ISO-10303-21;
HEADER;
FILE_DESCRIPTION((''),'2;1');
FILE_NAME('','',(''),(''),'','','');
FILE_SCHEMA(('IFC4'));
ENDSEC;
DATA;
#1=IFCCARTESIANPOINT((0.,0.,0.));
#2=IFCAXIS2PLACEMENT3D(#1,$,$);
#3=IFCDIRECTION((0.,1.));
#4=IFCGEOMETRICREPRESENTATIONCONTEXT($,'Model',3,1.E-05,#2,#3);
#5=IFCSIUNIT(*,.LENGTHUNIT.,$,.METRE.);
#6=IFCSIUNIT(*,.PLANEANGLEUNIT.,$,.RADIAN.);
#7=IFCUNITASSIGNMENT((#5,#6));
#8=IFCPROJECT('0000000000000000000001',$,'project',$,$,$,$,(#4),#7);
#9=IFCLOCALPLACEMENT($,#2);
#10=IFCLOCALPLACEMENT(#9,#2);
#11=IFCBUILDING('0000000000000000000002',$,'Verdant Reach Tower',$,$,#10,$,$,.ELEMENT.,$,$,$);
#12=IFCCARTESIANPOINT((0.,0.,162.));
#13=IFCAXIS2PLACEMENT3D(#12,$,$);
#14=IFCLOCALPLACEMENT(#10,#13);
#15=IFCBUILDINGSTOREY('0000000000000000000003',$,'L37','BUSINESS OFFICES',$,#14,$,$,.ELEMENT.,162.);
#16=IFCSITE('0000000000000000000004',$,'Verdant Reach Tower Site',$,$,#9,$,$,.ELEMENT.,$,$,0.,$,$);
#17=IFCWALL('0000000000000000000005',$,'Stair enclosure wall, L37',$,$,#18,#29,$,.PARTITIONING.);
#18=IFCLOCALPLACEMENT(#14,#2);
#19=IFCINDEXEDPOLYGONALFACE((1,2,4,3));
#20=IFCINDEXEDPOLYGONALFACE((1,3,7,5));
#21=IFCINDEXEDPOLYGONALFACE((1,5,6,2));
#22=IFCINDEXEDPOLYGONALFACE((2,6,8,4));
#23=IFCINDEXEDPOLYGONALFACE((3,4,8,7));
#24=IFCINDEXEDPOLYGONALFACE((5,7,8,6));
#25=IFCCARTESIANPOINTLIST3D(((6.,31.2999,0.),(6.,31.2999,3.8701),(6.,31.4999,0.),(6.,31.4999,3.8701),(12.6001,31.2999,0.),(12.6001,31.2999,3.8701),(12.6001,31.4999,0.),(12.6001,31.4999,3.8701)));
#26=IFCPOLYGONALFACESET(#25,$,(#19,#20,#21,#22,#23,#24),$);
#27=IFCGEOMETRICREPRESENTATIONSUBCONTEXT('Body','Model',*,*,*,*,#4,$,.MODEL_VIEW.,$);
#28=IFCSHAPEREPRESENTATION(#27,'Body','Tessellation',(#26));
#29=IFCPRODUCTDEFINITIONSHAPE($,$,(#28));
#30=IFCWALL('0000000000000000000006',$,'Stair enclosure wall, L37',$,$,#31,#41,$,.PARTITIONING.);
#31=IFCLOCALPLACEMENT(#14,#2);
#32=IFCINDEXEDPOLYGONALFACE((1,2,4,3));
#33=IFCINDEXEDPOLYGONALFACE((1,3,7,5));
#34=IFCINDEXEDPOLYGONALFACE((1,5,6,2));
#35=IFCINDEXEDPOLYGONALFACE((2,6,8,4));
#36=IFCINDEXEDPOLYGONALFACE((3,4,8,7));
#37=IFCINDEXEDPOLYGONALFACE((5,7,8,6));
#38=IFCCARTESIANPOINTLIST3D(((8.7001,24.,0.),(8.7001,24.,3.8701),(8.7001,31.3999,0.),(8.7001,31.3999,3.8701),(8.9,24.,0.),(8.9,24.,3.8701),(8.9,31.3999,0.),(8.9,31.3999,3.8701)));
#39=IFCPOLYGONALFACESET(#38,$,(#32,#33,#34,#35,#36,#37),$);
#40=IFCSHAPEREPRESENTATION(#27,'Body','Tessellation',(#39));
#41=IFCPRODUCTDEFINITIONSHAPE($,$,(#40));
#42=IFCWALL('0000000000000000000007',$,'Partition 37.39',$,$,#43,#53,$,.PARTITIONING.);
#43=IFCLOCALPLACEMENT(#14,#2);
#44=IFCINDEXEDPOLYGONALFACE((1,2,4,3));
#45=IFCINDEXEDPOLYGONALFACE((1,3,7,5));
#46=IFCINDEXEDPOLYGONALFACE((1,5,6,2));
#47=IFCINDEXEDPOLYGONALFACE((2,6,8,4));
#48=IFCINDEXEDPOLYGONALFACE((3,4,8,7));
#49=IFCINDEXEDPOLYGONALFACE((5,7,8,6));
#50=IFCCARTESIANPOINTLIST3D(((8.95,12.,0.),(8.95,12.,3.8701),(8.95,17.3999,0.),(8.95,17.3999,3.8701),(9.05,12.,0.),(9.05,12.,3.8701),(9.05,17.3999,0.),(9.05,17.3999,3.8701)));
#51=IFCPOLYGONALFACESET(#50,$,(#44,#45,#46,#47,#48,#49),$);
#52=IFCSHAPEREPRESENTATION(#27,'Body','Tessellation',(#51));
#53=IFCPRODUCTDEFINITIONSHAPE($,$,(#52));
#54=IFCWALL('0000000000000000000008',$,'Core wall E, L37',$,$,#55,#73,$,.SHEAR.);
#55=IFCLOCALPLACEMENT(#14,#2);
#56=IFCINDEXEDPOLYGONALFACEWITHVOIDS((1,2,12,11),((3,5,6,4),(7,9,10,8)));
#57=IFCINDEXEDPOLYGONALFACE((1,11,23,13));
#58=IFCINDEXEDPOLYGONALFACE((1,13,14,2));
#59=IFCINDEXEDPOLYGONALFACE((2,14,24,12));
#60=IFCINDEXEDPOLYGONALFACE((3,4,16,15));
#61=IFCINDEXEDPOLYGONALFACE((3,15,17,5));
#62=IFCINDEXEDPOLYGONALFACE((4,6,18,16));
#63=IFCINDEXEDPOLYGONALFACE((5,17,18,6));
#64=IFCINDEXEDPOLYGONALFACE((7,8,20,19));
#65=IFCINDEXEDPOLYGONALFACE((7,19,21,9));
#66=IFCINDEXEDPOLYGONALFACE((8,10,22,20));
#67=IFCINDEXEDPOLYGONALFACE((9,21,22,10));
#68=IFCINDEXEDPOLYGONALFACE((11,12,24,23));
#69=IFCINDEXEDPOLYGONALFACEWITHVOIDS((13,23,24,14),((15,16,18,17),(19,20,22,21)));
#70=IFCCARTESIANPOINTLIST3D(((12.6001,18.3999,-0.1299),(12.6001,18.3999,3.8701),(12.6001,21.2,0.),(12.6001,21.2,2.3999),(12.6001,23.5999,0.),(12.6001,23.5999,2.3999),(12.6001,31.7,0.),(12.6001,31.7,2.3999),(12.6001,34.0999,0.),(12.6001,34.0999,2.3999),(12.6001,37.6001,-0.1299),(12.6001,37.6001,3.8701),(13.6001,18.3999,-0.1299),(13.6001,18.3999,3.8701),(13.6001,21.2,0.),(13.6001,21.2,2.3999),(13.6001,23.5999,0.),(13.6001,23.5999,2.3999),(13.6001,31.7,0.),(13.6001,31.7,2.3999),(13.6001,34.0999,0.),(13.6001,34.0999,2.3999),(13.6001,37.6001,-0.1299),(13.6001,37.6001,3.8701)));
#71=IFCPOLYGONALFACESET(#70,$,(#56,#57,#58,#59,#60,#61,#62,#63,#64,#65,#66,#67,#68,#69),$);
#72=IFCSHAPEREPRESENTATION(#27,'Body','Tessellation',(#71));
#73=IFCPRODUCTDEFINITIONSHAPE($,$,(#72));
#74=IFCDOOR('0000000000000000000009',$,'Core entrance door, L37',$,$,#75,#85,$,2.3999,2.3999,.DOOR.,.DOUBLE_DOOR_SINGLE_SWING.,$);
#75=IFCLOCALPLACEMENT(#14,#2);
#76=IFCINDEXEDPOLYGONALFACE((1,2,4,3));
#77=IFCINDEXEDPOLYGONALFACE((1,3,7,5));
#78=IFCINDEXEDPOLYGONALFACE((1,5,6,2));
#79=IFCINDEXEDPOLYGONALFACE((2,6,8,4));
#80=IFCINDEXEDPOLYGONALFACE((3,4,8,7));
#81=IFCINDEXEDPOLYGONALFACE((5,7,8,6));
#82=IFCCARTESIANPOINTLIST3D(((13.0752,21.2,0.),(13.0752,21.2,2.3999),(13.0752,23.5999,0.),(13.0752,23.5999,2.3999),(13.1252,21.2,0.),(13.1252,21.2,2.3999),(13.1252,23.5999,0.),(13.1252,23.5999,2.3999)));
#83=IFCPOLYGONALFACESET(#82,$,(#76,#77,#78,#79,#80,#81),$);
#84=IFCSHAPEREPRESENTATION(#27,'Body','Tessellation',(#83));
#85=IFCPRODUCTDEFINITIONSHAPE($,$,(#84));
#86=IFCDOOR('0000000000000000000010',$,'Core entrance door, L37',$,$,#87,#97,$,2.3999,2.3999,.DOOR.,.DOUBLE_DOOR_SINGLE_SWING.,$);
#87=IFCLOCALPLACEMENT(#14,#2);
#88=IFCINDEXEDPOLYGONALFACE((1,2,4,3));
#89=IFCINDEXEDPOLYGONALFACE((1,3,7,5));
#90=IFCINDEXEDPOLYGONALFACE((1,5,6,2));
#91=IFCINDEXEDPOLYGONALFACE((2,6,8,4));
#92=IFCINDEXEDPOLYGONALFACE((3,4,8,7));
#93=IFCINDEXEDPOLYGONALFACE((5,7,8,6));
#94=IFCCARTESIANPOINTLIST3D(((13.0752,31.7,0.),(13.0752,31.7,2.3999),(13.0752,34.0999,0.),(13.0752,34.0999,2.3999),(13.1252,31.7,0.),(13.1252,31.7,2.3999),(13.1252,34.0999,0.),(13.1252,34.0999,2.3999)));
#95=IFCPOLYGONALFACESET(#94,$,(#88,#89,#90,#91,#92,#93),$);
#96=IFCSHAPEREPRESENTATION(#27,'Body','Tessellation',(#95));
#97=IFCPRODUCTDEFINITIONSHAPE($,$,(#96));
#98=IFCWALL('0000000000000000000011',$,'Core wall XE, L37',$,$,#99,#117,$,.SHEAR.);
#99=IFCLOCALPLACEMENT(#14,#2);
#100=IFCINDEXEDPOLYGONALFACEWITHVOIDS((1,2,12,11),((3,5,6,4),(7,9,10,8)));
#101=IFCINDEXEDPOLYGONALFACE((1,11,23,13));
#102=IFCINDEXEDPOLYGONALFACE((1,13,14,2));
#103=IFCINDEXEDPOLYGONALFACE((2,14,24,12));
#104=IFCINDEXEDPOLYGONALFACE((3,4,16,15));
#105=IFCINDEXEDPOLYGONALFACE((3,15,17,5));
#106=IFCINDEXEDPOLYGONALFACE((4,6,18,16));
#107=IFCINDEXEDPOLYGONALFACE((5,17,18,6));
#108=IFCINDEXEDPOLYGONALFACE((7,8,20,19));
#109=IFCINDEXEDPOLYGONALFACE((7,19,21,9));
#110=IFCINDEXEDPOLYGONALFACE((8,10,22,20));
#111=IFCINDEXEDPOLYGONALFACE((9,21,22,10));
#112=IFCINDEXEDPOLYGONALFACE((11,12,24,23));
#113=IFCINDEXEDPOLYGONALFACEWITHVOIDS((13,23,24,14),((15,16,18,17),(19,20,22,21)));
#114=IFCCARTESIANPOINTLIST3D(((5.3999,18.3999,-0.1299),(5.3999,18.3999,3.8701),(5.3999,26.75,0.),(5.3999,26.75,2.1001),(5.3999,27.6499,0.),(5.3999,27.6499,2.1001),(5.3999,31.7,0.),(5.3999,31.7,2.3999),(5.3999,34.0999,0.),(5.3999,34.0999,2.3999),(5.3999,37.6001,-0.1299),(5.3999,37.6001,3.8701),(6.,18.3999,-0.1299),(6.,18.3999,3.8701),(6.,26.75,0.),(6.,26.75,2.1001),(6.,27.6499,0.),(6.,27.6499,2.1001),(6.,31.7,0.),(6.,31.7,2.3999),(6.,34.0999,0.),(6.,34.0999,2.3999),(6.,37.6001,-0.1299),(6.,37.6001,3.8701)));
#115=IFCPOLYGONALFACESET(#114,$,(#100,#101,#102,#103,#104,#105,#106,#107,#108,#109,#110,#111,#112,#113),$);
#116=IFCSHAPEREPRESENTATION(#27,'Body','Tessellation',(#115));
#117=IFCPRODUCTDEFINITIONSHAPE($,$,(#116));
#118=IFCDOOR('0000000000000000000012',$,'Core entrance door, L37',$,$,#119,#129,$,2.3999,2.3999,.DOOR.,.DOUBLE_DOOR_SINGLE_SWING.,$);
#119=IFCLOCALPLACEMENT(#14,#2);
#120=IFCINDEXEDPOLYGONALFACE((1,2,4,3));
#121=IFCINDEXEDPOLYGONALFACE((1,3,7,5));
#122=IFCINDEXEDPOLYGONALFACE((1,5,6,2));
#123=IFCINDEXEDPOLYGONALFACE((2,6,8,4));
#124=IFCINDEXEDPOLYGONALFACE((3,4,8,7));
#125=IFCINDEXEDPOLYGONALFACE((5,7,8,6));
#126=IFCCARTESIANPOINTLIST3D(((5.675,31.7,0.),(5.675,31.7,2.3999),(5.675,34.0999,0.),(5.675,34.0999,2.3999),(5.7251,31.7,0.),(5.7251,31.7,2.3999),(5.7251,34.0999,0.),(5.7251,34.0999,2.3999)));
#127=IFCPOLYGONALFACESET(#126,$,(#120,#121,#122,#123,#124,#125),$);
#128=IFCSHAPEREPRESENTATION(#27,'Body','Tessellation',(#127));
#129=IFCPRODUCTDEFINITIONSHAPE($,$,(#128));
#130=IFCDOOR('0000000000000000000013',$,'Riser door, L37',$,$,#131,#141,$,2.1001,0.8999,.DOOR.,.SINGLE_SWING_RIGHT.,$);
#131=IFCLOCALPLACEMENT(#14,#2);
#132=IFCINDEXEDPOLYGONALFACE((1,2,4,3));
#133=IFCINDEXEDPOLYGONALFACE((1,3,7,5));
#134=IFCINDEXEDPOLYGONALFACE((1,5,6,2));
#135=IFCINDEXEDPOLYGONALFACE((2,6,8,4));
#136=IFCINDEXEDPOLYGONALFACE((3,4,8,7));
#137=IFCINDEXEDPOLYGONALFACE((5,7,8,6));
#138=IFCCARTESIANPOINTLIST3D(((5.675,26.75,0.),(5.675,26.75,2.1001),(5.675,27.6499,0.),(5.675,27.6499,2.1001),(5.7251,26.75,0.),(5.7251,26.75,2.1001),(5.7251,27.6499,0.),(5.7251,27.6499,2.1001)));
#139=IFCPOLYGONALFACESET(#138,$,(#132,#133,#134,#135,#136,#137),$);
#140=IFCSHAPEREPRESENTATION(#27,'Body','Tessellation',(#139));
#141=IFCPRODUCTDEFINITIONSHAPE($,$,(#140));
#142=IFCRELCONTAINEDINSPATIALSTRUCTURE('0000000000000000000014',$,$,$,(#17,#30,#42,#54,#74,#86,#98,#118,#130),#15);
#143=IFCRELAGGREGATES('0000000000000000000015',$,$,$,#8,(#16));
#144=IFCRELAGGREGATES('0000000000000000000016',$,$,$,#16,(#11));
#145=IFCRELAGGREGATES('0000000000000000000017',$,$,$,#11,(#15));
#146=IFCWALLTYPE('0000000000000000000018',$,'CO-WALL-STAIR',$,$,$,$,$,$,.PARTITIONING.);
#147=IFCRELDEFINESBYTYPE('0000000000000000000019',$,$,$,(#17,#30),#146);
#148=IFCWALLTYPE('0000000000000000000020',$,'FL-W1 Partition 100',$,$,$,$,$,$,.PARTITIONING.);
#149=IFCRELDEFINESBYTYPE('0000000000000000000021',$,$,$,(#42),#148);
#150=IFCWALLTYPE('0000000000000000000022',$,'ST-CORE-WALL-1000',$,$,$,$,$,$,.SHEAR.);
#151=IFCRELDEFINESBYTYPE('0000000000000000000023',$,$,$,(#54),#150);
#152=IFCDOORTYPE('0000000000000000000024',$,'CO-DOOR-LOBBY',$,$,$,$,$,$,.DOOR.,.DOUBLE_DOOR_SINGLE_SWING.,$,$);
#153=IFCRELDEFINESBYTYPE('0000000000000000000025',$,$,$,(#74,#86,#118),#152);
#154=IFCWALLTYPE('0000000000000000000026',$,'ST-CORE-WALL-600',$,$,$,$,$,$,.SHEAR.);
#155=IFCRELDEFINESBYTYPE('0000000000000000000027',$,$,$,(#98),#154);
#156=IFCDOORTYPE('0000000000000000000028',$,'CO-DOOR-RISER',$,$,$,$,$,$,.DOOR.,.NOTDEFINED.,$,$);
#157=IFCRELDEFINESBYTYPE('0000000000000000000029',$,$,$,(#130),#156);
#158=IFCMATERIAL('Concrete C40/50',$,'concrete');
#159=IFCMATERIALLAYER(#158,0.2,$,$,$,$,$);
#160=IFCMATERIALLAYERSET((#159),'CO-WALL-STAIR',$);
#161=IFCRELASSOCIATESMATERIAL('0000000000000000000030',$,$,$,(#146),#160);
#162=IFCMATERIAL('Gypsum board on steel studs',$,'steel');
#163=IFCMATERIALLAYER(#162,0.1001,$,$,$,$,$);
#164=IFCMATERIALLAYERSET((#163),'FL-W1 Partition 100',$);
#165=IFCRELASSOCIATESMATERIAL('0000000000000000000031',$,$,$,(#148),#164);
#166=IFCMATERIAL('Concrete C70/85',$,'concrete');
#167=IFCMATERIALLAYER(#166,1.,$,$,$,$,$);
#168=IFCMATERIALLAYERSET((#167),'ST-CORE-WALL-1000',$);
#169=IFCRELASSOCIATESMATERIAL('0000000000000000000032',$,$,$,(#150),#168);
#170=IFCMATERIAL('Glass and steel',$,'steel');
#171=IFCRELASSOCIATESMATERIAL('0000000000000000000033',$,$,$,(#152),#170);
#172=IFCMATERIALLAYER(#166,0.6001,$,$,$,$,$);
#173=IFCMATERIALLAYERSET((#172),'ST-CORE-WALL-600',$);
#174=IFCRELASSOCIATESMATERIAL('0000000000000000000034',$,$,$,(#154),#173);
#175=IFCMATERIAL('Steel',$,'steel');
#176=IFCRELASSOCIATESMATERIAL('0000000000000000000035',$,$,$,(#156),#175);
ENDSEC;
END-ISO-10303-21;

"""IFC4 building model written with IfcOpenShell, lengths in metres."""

from ifc_helpers import new_model, si_unit, direction, frame, frame_2d, origin, place, context, subcontext, project, spatial, rectangle, extrude, material, layer, layer_set, type_object, element, fill, save


model = new_model("IFC4")

# Units and contexts
model_context = context("Model", 3, precision=1e-05, world=origin(), true_north=direction((0.0, 1.0)))
body_context = subcontext(model_context, "Body", "Model", "MODEL_VIEW")
ifc_project = project(units=[si_unit("LENGTHUNIT", "METRE"), si_unit("PLANEANGLEUNIT", "RADIAN")], contexts=[model_context])

# Site, building, storey
site_placement = place(None, origin())
site = spatial("IfcSite", under=ifc_project, at=site_placement, Name="Verdant Reach Tower Site", CompositionType="ELEMENT", RefElevation=0.0)
building_placement = place(site_placement, origin())
building = spatial("IfcBuilding", under=site, at=building_placement, Name="Verdant Reach Tower", CompositionType="ELEMENT")
storey_placement = place(building_placement, frame((0.0, 0.0, 162.0)))
storey = spatial("IfcBuildingStorey", under=building, at=storey_placement, Name="L37", Description="BUSINESS OFFICES", CompositionType="ELEMENT", Elevation=162.0)

# Shared definitions
ifc_material_1 = material(Name="Gypsum board on steel studs", Category="steel")

# Shared definitions
ifc_material_2 = material(Name="Concrete C40/50", Category="concrete")

# Shared definitions
ifc_layer_1 = layer(ifc_material_2, 0.2)
ifc_layer_set_1 = layer_set([ifc_layer_1], Name="CO-WALL-STAIR")
wall_type_1 = type_object("IfcWallType", Name="CO-WALL-STAIR", PredefinedType="PARTITIONING", material=ifc_layer_set_1)
ifc_material_3 = material(Name="Steel", Category="steel")

# Walls
wall_1_placement = place(storey_placement, frame((6.0, 31.3999, 0.0), z_axis=(0.0, 0.0, 1.0), x_axis=(1.0, 0.0, 0.0)))
element("IfcWall", 1, at=wall_1_placement, inside=storey, type_object=wall_type_1, Name="Stair enclosure wall, L37", PredefinedType="PARTITIONING", context=body_context, shape_type="SweptSolid", body=[
    extrude(rectangle(XDim=6.6001, YDim=0.2, at=frame_2d((3.3, 0.0))), origin(), (0.0, 0.0, 1.0), 3.8701),
])
wall_2_placement = place(storey_placement, frame((8.8, 24.0, 0.0), z_axis=(0.0, 0.0, 1.0), x_axis=(0.0, 1.0, 0.0)))
element("IfcWall", 2, at=wall_2_placement, inside=storey, type_object=wall_type_1, Name="Stair enclosure wall, L37", PredefinedType="PARTITIONING", context=body_context, shape_type="SweptSolid", body=[
    extrude(rectangle(XDim=7.3999, YDim=0.2, at=frame_2d((3.7, 0.0))), origin(), (0.0, 0.0, 1.0), 3.8701),
])
ifc_layer_2 = layer(ifc_material_1, 0.1001)
ifc_layer_set_2 = layer_set([ifc_layer_2], Name="FL-W1 Partition 100")
wall_type_2 = type_object("IfcWallType", Name="FL-W1 Partition 100", PredefinedType="PARTITIONING", material=ifc_layer_set_2)
wall_3_placement = place(storey_placement, frame((9.0, 17.3999, 0.0), z_axis=(0.0, 0.0, 1.0), x_axis=(0.0, -1.0, 0.0)))
element("IfcWall", 3, at=wall_3_placement, inside=storey, type_object=wall_type_2, Name="Partition 37.39", PredefinedType="PARTITIONING", context=body_context, shape_type="SweptSolid", body=[
    extrude(rectangle(XDim=5.3999, YDim=0.1001, at=frame_2d((2.7, 0.0))), origin(), (0.0, 0.0, 1.0), 3.8701),
])

# Walls, openings, doors
ifc_material_4 = material(Name="Concrete C70/85", Category="concrete")
ifc_layer_3 = layer(ifc_material_4, 1.0)
ifc_layer_set_3 = layer_set([ifc_layer_3], Name="ST-CORE-WALL-1000")
wall_type_3 = type_object("IfcWallType", Name="ST-CORE-WALL-1000", PredefinedType="SHEAR", material=ifc_layer_set_3)
wall_4_placement = place(storey_placement, frame((13.1001, 18.3999, -0.1299), z_axis=(0.0, 0.0, 1.0), x_axis=(0.0, 1.0, 0.0)))
wall_4 = element("IfcWall", 4, at=wall_4_placement, inside=storey, type_object=wall_type_3, Name="Core wall E, L37", PredefinedType="SHEAR", context=body_context, shape_type="SweptSolid", body=[
    extrude(rectangle(XDim=19.2002, YDim=1.0, at=frame_2d((9.6001, 0.0))), origin(), (0.0, 0.0, 1.0), 4.0),
])
opening_1_placement = place(wall_4_placement, frame((2.8, 0.0, 0.1299)))
opening_1 = element("IfcOpeningElement", 5, at=opening_1_placement, cuts=wall_4, PredefinedType="OPENING", context=body_context, shape_type="SweptSolid", body=[
    extrude(rectangle(XDim=2.3999, YDim=2.3999, at=frame_2d((1.2, 1.2))), frame((0.0, 0.51, 0.0), z_axis=(0.0, -1.0, 0.0), x_axis=(1.0, 0.0, 0.0)), (0.0, 0.0, 1.0), 1.02),
])
opening_2_placement = place(wall_4_placement, frame((13.3, 0.0, 0.1299)))
opening_2 = element("IfcOpeningElement", 6, at=opening_2_placement, cuts=wall_4, PredefinedType="OPENING", context=body_context, shape_type="SweptSolid", body=[
    extrude(rectangle(XDim=2.3999, YDim=2.3999, at=frame_2d((1.2, 1.2))), frame((0.0, 0.51, 0.0), z_axis=(0.0, -1.0, 0.0), x_axis=(1.0, 0.0, 0.0)), (0.0, 0.0, 1.0), 1.02),
])
ifc_material_5 = material(Name="Glass and steel", Category="steel")
door_type_1 = type_object("IfcDoorType", Name="CO-DOOR-LOBBY", OperationType="DOUBLE_DOOR_SINGLE_SWING", PredefinedType="DOOR", material=ifc_material_5)
door_1_placement = place(opening_1_placement, origin())
door_1 = element("IfcDoor", 7, at=door_1_placement, inside=storey, type_object=door_type_1, Name="Core entrance door, L37", OperationType="DOUBLE_DOOR_SINGLE_SWING", OverallHeight=2.3999, OverallWidth=2.3999, PredefinedType="DOOR", context=body_context, shape_type="SweptSolid", body=[
    extrude(rectangle(XDim=2.3999, YDim=2.3999, at=frame_2d((1.2, 1.2))), frame((0.0, 0.0249, 0.0), z_axis=(0.0, -1.0, 0.0), x_axis=(1.0, 0.0, 0.0)), (0.0, 0.0, 1.0), 0.05),
])
fill(opening_1, door_1)
door_2_placement = place(opening_2_placement, origin())
door_2 = element("IfcDoor", 8, at=door_2_placement, inside=storey, type_object=door_type_1, Name="Core entrance door, L37", OperationType="DOUBLE_DOOR_SINGLE_SWING", OverallHeight=2.3999, OverallWidth=2.3999, PredefinedType="DOOR", context=body_context, shape_type="SweptSolid", body=[
    extrude(rectangle(XDim=2.3999, YDim=2.3999, at=frame_2d((1.2, 1.2))), frame((0.0, 0.0249, 0.0), z_axis=(0.0, -1.0, 0.0), x_axis=(1.0, 0.0, 0.0)), (0.0, 0.0, 1.0), 0.05),
])
fill(opening_2, door_2)
ifc_layer_4 = layer(ifc_material_4, 0.6001)
ifc_layer_set_4 = layer_set([ifc_layer_4], Name="ST-CORE-WALL-600")
wall_type_4 = type_object("IfcWallType", Name="ST-CORE-WALL-600", PredefinedType="SHEAR", material=ifc_layer_set_4)
wall_5_placement = place(storey_placement, frame((5.7, 18.3999, -0.1299), z_axis=(0.0, 0.0, 1.0), x_axis=(0.0, 1.0, 0.0)))
wall_5 = element("IfcWall", 9, at=wall_5_placement, inside=storey, type_object=wall_type_4, Name="Core wall XE, L37", PredefinedType="SHEAR", context=body_context, shape_type="SweptSolid", body=[
    extrude(rectangle(XDim=19.2002, YDim=0.6001, at=frame_2d((9.6001, 0.0))), origin(), (0.0, 0.0, 1.0), 4.0),
])
opening_3_placement = place(wall_5_placement, frame((8.3501, 0.0, 0.1299)))
opening_3 = element("IfcOpeningElement", 10, at=opening_3_placement, cuts=wall_5, PredefinedType="OPENING", context=body_context, shape_type="SweptSolid", body=[
    extrude(rectangle(XDim=0.8999, YDim=2.1001, at=frame_2d((0.45, 1.05))), frame((0.0, 0.3101, 0.0), z_axis=(0.0, -1.0, 0.0), x_axis=(1.0, 0.0, 0.0)), (0.0, 0.0, 1.0), 0.6201),
])
opening_4_placement = place(wall_5_placement, frame((13.3, 0.0, 0.1299)))
opening_4 = element("IfcOpeningElement", 11, at=opening_4_placement, cuts=wall_5, PredefinedType="OPENING", context=body_context, shape_type="SweptSolid", body=[
    extrude(rectangle(XDim=2.3999, YDim=2.3999, at=frame_2d((1.2, 1.2))), frame((0.0, 0.3101, 0.0), z_axis=(0.0, -1.0, 0.0), x_axis=(1.0, 0.0, 0.0)), (0.0, 0.0, 1.0), 0.6201),
])
door_3_placement = place(opening_4_placement, origin())
door_3 = element("IfcDoor", 12, at=door_3_placement, inside=storey, type_object=door_type_1, Name="Core entrance door, L37", OperationType="DOUBLE_DOOR_SINGLE_SWING", OverallHeight=2.3999, OverallWidth=2.3999, PredefinedType="DOOR", context=body_context, shape_type="SweptSolid", body=[
    extrude(rectangle(XDim=2.3999, YDim=2.3999, at=frame_2d((1.2, 1.2))), frame((0.0, 0.0249, 0.0), z_axis=(0.0, -1.0, 0.0), x_axis=(1.0, 0.0, 0.0)), (0.0, 0.0, 1.0), 0.05),
])
fill(opening_4, door_3)
door_type_2 = type_object("IfcDoorType", Name="CO-DOOR-RISER", OperationType="NOTDEFINED", PredefinedType="DOOR", material=ifc_material_3)
door_4_placement = place(opening_3_placement, origin())
door_4 = element("IfcDoor", 13, at=door_4_placement, inside=storey, type_object=door_type_2, Name="Riser door, L37", OperationType="SINGLE_SWING_RIGHT", OverallHeight=2.1001, OverallWidth=0.8999, PredefinedType="DOOR", context=body_context, shape_type="SweptSolid", body=[
    extrude(rectangle(XDim=0.8999, YDim=2.1001, at=frame_2d((0.45, 1.05))), frame((0.0, 0.0249, 0.0), z_axis=(0.0, -1.0, 0.0), x_axis=(1.0, 0.0, 0.0)), (0.0, 0.0, 1.0), 0.05),
])
fill(opening_3, door_4)

save(model, "model.ifc")
